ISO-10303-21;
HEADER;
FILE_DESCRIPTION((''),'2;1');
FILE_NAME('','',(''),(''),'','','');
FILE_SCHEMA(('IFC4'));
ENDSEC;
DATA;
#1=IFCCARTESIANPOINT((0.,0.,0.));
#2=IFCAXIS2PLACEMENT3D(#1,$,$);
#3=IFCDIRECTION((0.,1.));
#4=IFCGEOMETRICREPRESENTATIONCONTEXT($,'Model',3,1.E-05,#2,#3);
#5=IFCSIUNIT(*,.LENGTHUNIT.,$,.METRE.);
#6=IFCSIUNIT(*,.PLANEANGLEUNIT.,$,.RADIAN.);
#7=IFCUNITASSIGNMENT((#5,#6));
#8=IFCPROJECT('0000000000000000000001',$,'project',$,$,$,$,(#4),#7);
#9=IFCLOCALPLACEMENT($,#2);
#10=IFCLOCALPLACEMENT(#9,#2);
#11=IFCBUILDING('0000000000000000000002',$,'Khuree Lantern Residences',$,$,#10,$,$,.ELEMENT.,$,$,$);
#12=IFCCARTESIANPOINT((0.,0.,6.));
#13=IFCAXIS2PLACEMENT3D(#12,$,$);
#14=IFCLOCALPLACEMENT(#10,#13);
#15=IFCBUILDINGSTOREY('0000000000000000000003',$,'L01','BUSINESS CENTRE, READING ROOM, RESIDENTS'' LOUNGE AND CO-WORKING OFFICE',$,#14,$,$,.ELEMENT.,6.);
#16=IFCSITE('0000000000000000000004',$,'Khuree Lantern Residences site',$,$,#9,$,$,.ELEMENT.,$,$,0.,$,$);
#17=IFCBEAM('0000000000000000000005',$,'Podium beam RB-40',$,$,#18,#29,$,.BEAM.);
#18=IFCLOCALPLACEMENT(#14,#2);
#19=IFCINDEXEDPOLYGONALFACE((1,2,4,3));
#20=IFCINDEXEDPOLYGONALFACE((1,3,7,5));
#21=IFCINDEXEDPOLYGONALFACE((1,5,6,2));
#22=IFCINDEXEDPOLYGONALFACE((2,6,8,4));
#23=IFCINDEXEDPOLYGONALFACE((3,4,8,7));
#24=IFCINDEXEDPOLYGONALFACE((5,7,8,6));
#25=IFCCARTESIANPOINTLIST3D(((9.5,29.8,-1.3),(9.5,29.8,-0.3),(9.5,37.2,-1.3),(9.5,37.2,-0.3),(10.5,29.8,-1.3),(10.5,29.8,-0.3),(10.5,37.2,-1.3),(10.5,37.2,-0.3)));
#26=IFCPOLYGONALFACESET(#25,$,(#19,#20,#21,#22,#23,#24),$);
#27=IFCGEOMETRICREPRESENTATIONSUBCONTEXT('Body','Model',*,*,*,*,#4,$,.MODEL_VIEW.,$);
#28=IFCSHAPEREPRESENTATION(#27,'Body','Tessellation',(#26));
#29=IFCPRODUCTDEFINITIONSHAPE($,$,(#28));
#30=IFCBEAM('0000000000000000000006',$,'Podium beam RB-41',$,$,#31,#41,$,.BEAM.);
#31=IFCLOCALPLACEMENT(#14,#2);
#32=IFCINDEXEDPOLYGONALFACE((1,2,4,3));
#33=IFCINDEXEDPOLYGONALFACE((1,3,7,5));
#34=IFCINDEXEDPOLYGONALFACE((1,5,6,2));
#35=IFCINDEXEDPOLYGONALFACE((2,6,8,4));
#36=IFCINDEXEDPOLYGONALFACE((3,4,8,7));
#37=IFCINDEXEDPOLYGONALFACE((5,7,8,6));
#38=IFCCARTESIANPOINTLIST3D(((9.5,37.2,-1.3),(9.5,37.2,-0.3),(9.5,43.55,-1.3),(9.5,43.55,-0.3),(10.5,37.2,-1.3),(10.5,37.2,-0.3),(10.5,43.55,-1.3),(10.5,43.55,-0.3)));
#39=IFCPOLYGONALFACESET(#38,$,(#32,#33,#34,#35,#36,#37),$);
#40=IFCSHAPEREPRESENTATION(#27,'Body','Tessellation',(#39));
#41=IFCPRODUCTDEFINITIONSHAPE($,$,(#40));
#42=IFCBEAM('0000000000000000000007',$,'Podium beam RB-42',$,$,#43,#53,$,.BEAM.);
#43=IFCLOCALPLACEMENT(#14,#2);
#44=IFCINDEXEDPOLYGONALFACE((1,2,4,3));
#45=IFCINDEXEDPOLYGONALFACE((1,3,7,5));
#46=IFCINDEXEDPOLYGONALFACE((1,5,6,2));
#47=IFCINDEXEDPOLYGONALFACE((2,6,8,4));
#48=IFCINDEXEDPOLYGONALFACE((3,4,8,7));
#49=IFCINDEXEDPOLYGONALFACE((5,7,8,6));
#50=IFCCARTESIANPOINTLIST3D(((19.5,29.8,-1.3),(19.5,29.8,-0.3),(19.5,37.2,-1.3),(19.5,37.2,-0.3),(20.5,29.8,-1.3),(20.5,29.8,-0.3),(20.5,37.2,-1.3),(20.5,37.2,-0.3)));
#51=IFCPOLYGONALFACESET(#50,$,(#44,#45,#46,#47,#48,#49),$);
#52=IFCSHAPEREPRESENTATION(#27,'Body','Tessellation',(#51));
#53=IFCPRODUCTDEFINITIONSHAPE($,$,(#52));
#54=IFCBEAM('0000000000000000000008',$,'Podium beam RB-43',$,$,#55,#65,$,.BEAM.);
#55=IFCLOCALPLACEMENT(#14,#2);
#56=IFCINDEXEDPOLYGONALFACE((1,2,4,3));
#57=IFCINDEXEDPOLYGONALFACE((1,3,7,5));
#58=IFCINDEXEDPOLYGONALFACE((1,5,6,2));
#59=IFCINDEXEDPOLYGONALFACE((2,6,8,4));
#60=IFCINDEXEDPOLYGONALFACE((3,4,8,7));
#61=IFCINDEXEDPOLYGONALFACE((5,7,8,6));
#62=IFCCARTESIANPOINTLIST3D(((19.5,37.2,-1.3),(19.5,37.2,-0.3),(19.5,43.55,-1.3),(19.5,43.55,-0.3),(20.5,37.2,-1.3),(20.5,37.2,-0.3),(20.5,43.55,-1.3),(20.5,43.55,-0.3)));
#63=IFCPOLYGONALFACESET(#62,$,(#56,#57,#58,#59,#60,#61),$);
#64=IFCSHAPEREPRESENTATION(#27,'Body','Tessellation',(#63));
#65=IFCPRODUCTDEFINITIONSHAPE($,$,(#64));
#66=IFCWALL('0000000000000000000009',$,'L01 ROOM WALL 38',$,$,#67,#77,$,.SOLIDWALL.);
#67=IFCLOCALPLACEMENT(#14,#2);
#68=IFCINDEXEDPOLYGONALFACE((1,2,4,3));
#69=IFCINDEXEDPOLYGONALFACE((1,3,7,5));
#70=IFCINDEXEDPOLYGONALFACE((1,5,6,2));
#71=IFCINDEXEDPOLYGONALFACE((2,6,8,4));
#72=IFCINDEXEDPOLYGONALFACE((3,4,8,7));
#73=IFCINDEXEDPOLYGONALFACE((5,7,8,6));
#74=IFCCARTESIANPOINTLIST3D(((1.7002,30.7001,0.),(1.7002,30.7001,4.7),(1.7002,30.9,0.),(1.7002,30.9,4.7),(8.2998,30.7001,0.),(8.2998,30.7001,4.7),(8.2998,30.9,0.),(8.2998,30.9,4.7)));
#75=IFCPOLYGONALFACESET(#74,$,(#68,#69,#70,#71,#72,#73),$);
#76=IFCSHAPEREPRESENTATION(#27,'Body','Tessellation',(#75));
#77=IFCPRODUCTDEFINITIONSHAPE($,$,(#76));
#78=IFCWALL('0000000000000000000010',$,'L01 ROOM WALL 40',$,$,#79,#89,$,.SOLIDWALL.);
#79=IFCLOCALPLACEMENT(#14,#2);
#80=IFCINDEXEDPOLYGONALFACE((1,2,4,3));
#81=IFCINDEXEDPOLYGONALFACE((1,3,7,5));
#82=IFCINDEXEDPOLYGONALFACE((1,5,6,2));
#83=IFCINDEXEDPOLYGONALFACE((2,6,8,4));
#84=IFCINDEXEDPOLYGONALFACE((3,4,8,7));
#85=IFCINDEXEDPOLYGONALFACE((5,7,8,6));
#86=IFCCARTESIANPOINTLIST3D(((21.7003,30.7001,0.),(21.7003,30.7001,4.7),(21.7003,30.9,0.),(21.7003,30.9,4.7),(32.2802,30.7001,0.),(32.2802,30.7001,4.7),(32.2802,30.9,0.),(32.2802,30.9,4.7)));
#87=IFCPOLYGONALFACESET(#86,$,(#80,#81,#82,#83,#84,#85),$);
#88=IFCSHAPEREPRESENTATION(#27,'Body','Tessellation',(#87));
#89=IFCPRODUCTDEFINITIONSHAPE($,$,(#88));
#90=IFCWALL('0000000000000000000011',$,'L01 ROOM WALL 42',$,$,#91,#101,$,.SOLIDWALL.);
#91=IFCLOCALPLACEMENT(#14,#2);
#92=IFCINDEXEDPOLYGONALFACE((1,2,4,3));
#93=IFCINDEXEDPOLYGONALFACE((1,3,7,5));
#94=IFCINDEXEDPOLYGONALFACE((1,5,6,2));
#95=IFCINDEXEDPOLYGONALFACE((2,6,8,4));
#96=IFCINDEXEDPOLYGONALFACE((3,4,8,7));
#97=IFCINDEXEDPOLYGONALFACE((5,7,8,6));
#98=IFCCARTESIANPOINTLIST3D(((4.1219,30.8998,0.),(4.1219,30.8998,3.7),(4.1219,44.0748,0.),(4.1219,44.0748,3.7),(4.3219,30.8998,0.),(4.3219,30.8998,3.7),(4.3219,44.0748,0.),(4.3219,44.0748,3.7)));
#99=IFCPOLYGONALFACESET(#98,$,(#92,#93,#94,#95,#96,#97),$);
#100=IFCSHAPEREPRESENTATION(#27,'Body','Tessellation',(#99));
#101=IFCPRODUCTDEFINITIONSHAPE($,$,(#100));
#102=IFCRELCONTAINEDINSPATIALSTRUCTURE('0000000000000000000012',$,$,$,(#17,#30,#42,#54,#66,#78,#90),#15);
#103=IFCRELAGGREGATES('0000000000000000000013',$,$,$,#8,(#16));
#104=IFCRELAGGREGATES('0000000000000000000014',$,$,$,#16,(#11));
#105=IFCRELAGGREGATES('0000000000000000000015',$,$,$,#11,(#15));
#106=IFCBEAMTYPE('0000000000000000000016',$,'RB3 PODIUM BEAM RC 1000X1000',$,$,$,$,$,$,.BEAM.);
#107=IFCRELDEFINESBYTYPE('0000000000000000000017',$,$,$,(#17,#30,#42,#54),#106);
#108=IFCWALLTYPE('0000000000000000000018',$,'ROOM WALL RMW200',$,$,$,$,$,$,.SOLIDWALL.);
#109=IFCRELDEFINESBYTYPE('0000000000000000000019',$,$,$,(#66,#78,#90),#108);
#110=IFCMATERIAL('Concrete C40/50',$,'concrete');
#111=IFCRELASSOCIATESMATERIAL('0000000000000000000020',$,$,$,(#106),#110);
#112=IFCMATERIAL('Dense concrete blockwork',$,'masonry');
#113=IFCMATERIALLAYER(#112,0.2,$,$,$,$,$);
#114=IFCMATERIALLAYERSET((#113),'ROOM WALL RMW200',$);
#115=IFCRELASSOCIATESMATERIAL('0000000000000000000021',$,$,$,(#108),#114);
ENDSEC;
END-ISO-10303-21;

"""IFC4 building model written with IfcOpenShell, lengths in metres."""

from ifc_helpers import new_model, si_unit, direction, frame, frame_2d, origin, origin_2d, place, context, subcontext, project, spatial, rectangle, extrude, material, layer, layer_set, material_profile, profile_set, type_object, element, save


model = new_model("IFC4")

# Units and contexts
model_context = context("Model", 3, precision=1e-05, world=origin(), true_north=direction((0.0, 1.0)))
body_context = subcontext(model_context, "Body", "Model", "MODEL_VIEW")
ifc_project = project(units=[si_unit("LENGTHUNIT", "METRE"), si_unit("PLANEANGLEUNIT", "RADIAN")], contexts=[model_context])

# Site, building, storey
site_placement = place(None, origin())
site = spatial("IfcSite", under=ifc_project, at=site_placement, Name="Khuree Lantern Residences site", CompositionType="ELEMENT", RefElevation=0.0)
building_placement = place(site_placement, origin())
building = spatial("IfcBuilding", under=site, at=building_placement, Name="Khuree Lantern Residences", CompositionType="ELEMENT")
storey_placement = place(building_placement, frame((0.0, 0.0, 6.0)))
storey = spatial("IfcBuildingStorey", under=building, at=storey_placement, Name="L01", Description="BUSINESS CENTRE, READING ROOM, RESIDENTS' LOUNGE AND CO-WORKING OFFICE", CompositionType="ELEMENT", Elevation=6.0)

# Beams
ifc_material_1 = material(Name="Concrete C40/50", Category="concrete")
ifc_material_profile_1 = material_profile(ifc_material_1, rectangle(XDim=1.0, YDim=1.0, at=origin_2d()), Name="RC 1000X1000")
ifc_profile_set_1 = profile_set([ifc_material_profile_1], Name="Concrete C40/50")
beam_type_1 = type_object("IfcBeamType", Name="RB3 PODIUM BEAM RC 1000X1000", PredefinedType="BEAM", material=ifc_profile_set_1)
beam_1_placement = place(storey_placement, frame((10.0, 29.8, -0.8), z_axis=(0.0, 1.0, 0.0), x_axis=(-1.0, 0.0, 0.0)))
element("IfcBeam", 1, at=beam_1_placement, inside=storey, type_object=beam_type_1, Name="Podium beam RB-40", PredefinedType="BEAM", context=body_context, shape_type="SweptSolid", body=[
    extrude(rectangle(XDim=1.0, YDim=1.0, at=origin_2d()), origin(), (0.0, 0.0, 1.0), 7.3999),
])
beam_2_placement = place(storey_placement, frame((10.0, 37.2, -0.8), z_axis=(0.0, 1.0, 0.0), x_axis=(-1.0, 0.0, 0.0)))
element("IfcBeam", 2, at=beam_2_placement, inside=storey, type_object=beam_type_1, Name="Podium beam RB-41", PredefinedType="BEAM", context=body_context, shape_type="SweptSolid", body=[
    extrude(rectangle(XDim=1.0, YDim=1.0, at=origin_2d()), origin(), (0.0, 0.0, 1.0), 6.3501),
])
beam_3_placement = place(storey_placement, frame((20.0, 29.8, -0.8), z_axis=(0.0, 1.0, 0.0), x_axis=(-1.0, 0.0, 0.0)))
element("IfcBeam", 3, at=beam_3_placement, inside=storey, type_object=beam_type_1, Name="Podium beam RB-42", PredefinedType="BEAM", context=body_context, shape_type="SweptSolid", body=[
    extrude(rectangle(XDim=1.0, YDim=1.0, at=origin_2d()), origin(), (0.0, 0.0, 1.0), 7.3999),
])
beam_4_placement = place(storey_placement, frame((20.0, 37.2, -0.8), z_axis=(0.0, 1.0, 0.0), x_axis=(-1.0, 0.0, 0.0)))
element("IfcBeam", 4, at=beam_4_placement, inside=storey, type_object=beam_type_1, Name="Podium beam RB-43", PredefinedType="BEAM", context=body_context, shape_type="SweptSolid", body=[
    extrude(rectangle(XDim=1.0, YDim=1.0, at=origin_2d()), origin(), (0.0, 0.0, 1.0), 6.3501),
])

# Wall
ifc_material_2 = material(Name="Dense concrete blockwork", Category="masonry")
ifc_layer = layer(ifc_material_2, 0.2)
ifc_layer_set = layer_set([ifc_layer], Name="ROOM WALL RMW200")
wall_type = type_object("IfcWallType", Name="ROOM WALL RMW200", PredefinedType="SOLIDWALL", material=ifc_layer_set)
wall_1_placement = place(storey_placement, frame((1.7002, 30.8, 0.0), z_axis=(0.0, 0.0, 1.0), x_axis=(1.0, 0.0, 0.0)))
element("IfcWall", 5, at=wall_1_placement, inside=storey, type_object=wall_type, Name="L01 ROOM WALL 38", PredefinedType="SOLIDWALL", context=body_context, shape_type="SweptSolid", body=[
    extrude(rectangle(XDim=6.5996, YDim=0.2, at=frame_2d((3.2998, 0.0))), origin(), (0.0, 0.0, 1.0), 4.7),
])

# Walls
wall_2_placement = place(storey_placement, frame((21.7002, 30.8, 0.0), z_axis=(0.0, 0.0, 1.0), x_axis=(1.0, 0.0, 0.0)))
element("IfcWall", 6, at=wall_2_placement, inside=storey, type_object=wall_type, Name="L01 ROOM WALL 40", PredefinedType="SOLIDWALL", context=body_context, shape_type="SweptSolid", body=[
    extrude(rectangle(XDim=10.5798, YDim=0.2, at=frame_2d((5.29, 0.0))), origin(), (0.0, 0.0, 1.0), 4.7),
])
wall_3_placement = place(storey_placement, frame((4.2219, 30.8999, 0.0), z_axis=(0.0, 0.0, 1.0), x_axis=(0.0, 1.0, 0.0)))
element("IfcWall", 7, at=wall_3_placement, inside=storey, type_object=wall_type, Name="L01 ROOM WALL 42", PredefinedType="SOLIDWALL", context=body_context, shape_type="SweptSolid", body=[
    extrude(rectangle(XDim=13.175, YDim=0.2, at=frame_2d((6.5874, 0.0))), origin(), (0.0, 0.0, 1.0), 3.7),
])

save(model, "model.ifc")
